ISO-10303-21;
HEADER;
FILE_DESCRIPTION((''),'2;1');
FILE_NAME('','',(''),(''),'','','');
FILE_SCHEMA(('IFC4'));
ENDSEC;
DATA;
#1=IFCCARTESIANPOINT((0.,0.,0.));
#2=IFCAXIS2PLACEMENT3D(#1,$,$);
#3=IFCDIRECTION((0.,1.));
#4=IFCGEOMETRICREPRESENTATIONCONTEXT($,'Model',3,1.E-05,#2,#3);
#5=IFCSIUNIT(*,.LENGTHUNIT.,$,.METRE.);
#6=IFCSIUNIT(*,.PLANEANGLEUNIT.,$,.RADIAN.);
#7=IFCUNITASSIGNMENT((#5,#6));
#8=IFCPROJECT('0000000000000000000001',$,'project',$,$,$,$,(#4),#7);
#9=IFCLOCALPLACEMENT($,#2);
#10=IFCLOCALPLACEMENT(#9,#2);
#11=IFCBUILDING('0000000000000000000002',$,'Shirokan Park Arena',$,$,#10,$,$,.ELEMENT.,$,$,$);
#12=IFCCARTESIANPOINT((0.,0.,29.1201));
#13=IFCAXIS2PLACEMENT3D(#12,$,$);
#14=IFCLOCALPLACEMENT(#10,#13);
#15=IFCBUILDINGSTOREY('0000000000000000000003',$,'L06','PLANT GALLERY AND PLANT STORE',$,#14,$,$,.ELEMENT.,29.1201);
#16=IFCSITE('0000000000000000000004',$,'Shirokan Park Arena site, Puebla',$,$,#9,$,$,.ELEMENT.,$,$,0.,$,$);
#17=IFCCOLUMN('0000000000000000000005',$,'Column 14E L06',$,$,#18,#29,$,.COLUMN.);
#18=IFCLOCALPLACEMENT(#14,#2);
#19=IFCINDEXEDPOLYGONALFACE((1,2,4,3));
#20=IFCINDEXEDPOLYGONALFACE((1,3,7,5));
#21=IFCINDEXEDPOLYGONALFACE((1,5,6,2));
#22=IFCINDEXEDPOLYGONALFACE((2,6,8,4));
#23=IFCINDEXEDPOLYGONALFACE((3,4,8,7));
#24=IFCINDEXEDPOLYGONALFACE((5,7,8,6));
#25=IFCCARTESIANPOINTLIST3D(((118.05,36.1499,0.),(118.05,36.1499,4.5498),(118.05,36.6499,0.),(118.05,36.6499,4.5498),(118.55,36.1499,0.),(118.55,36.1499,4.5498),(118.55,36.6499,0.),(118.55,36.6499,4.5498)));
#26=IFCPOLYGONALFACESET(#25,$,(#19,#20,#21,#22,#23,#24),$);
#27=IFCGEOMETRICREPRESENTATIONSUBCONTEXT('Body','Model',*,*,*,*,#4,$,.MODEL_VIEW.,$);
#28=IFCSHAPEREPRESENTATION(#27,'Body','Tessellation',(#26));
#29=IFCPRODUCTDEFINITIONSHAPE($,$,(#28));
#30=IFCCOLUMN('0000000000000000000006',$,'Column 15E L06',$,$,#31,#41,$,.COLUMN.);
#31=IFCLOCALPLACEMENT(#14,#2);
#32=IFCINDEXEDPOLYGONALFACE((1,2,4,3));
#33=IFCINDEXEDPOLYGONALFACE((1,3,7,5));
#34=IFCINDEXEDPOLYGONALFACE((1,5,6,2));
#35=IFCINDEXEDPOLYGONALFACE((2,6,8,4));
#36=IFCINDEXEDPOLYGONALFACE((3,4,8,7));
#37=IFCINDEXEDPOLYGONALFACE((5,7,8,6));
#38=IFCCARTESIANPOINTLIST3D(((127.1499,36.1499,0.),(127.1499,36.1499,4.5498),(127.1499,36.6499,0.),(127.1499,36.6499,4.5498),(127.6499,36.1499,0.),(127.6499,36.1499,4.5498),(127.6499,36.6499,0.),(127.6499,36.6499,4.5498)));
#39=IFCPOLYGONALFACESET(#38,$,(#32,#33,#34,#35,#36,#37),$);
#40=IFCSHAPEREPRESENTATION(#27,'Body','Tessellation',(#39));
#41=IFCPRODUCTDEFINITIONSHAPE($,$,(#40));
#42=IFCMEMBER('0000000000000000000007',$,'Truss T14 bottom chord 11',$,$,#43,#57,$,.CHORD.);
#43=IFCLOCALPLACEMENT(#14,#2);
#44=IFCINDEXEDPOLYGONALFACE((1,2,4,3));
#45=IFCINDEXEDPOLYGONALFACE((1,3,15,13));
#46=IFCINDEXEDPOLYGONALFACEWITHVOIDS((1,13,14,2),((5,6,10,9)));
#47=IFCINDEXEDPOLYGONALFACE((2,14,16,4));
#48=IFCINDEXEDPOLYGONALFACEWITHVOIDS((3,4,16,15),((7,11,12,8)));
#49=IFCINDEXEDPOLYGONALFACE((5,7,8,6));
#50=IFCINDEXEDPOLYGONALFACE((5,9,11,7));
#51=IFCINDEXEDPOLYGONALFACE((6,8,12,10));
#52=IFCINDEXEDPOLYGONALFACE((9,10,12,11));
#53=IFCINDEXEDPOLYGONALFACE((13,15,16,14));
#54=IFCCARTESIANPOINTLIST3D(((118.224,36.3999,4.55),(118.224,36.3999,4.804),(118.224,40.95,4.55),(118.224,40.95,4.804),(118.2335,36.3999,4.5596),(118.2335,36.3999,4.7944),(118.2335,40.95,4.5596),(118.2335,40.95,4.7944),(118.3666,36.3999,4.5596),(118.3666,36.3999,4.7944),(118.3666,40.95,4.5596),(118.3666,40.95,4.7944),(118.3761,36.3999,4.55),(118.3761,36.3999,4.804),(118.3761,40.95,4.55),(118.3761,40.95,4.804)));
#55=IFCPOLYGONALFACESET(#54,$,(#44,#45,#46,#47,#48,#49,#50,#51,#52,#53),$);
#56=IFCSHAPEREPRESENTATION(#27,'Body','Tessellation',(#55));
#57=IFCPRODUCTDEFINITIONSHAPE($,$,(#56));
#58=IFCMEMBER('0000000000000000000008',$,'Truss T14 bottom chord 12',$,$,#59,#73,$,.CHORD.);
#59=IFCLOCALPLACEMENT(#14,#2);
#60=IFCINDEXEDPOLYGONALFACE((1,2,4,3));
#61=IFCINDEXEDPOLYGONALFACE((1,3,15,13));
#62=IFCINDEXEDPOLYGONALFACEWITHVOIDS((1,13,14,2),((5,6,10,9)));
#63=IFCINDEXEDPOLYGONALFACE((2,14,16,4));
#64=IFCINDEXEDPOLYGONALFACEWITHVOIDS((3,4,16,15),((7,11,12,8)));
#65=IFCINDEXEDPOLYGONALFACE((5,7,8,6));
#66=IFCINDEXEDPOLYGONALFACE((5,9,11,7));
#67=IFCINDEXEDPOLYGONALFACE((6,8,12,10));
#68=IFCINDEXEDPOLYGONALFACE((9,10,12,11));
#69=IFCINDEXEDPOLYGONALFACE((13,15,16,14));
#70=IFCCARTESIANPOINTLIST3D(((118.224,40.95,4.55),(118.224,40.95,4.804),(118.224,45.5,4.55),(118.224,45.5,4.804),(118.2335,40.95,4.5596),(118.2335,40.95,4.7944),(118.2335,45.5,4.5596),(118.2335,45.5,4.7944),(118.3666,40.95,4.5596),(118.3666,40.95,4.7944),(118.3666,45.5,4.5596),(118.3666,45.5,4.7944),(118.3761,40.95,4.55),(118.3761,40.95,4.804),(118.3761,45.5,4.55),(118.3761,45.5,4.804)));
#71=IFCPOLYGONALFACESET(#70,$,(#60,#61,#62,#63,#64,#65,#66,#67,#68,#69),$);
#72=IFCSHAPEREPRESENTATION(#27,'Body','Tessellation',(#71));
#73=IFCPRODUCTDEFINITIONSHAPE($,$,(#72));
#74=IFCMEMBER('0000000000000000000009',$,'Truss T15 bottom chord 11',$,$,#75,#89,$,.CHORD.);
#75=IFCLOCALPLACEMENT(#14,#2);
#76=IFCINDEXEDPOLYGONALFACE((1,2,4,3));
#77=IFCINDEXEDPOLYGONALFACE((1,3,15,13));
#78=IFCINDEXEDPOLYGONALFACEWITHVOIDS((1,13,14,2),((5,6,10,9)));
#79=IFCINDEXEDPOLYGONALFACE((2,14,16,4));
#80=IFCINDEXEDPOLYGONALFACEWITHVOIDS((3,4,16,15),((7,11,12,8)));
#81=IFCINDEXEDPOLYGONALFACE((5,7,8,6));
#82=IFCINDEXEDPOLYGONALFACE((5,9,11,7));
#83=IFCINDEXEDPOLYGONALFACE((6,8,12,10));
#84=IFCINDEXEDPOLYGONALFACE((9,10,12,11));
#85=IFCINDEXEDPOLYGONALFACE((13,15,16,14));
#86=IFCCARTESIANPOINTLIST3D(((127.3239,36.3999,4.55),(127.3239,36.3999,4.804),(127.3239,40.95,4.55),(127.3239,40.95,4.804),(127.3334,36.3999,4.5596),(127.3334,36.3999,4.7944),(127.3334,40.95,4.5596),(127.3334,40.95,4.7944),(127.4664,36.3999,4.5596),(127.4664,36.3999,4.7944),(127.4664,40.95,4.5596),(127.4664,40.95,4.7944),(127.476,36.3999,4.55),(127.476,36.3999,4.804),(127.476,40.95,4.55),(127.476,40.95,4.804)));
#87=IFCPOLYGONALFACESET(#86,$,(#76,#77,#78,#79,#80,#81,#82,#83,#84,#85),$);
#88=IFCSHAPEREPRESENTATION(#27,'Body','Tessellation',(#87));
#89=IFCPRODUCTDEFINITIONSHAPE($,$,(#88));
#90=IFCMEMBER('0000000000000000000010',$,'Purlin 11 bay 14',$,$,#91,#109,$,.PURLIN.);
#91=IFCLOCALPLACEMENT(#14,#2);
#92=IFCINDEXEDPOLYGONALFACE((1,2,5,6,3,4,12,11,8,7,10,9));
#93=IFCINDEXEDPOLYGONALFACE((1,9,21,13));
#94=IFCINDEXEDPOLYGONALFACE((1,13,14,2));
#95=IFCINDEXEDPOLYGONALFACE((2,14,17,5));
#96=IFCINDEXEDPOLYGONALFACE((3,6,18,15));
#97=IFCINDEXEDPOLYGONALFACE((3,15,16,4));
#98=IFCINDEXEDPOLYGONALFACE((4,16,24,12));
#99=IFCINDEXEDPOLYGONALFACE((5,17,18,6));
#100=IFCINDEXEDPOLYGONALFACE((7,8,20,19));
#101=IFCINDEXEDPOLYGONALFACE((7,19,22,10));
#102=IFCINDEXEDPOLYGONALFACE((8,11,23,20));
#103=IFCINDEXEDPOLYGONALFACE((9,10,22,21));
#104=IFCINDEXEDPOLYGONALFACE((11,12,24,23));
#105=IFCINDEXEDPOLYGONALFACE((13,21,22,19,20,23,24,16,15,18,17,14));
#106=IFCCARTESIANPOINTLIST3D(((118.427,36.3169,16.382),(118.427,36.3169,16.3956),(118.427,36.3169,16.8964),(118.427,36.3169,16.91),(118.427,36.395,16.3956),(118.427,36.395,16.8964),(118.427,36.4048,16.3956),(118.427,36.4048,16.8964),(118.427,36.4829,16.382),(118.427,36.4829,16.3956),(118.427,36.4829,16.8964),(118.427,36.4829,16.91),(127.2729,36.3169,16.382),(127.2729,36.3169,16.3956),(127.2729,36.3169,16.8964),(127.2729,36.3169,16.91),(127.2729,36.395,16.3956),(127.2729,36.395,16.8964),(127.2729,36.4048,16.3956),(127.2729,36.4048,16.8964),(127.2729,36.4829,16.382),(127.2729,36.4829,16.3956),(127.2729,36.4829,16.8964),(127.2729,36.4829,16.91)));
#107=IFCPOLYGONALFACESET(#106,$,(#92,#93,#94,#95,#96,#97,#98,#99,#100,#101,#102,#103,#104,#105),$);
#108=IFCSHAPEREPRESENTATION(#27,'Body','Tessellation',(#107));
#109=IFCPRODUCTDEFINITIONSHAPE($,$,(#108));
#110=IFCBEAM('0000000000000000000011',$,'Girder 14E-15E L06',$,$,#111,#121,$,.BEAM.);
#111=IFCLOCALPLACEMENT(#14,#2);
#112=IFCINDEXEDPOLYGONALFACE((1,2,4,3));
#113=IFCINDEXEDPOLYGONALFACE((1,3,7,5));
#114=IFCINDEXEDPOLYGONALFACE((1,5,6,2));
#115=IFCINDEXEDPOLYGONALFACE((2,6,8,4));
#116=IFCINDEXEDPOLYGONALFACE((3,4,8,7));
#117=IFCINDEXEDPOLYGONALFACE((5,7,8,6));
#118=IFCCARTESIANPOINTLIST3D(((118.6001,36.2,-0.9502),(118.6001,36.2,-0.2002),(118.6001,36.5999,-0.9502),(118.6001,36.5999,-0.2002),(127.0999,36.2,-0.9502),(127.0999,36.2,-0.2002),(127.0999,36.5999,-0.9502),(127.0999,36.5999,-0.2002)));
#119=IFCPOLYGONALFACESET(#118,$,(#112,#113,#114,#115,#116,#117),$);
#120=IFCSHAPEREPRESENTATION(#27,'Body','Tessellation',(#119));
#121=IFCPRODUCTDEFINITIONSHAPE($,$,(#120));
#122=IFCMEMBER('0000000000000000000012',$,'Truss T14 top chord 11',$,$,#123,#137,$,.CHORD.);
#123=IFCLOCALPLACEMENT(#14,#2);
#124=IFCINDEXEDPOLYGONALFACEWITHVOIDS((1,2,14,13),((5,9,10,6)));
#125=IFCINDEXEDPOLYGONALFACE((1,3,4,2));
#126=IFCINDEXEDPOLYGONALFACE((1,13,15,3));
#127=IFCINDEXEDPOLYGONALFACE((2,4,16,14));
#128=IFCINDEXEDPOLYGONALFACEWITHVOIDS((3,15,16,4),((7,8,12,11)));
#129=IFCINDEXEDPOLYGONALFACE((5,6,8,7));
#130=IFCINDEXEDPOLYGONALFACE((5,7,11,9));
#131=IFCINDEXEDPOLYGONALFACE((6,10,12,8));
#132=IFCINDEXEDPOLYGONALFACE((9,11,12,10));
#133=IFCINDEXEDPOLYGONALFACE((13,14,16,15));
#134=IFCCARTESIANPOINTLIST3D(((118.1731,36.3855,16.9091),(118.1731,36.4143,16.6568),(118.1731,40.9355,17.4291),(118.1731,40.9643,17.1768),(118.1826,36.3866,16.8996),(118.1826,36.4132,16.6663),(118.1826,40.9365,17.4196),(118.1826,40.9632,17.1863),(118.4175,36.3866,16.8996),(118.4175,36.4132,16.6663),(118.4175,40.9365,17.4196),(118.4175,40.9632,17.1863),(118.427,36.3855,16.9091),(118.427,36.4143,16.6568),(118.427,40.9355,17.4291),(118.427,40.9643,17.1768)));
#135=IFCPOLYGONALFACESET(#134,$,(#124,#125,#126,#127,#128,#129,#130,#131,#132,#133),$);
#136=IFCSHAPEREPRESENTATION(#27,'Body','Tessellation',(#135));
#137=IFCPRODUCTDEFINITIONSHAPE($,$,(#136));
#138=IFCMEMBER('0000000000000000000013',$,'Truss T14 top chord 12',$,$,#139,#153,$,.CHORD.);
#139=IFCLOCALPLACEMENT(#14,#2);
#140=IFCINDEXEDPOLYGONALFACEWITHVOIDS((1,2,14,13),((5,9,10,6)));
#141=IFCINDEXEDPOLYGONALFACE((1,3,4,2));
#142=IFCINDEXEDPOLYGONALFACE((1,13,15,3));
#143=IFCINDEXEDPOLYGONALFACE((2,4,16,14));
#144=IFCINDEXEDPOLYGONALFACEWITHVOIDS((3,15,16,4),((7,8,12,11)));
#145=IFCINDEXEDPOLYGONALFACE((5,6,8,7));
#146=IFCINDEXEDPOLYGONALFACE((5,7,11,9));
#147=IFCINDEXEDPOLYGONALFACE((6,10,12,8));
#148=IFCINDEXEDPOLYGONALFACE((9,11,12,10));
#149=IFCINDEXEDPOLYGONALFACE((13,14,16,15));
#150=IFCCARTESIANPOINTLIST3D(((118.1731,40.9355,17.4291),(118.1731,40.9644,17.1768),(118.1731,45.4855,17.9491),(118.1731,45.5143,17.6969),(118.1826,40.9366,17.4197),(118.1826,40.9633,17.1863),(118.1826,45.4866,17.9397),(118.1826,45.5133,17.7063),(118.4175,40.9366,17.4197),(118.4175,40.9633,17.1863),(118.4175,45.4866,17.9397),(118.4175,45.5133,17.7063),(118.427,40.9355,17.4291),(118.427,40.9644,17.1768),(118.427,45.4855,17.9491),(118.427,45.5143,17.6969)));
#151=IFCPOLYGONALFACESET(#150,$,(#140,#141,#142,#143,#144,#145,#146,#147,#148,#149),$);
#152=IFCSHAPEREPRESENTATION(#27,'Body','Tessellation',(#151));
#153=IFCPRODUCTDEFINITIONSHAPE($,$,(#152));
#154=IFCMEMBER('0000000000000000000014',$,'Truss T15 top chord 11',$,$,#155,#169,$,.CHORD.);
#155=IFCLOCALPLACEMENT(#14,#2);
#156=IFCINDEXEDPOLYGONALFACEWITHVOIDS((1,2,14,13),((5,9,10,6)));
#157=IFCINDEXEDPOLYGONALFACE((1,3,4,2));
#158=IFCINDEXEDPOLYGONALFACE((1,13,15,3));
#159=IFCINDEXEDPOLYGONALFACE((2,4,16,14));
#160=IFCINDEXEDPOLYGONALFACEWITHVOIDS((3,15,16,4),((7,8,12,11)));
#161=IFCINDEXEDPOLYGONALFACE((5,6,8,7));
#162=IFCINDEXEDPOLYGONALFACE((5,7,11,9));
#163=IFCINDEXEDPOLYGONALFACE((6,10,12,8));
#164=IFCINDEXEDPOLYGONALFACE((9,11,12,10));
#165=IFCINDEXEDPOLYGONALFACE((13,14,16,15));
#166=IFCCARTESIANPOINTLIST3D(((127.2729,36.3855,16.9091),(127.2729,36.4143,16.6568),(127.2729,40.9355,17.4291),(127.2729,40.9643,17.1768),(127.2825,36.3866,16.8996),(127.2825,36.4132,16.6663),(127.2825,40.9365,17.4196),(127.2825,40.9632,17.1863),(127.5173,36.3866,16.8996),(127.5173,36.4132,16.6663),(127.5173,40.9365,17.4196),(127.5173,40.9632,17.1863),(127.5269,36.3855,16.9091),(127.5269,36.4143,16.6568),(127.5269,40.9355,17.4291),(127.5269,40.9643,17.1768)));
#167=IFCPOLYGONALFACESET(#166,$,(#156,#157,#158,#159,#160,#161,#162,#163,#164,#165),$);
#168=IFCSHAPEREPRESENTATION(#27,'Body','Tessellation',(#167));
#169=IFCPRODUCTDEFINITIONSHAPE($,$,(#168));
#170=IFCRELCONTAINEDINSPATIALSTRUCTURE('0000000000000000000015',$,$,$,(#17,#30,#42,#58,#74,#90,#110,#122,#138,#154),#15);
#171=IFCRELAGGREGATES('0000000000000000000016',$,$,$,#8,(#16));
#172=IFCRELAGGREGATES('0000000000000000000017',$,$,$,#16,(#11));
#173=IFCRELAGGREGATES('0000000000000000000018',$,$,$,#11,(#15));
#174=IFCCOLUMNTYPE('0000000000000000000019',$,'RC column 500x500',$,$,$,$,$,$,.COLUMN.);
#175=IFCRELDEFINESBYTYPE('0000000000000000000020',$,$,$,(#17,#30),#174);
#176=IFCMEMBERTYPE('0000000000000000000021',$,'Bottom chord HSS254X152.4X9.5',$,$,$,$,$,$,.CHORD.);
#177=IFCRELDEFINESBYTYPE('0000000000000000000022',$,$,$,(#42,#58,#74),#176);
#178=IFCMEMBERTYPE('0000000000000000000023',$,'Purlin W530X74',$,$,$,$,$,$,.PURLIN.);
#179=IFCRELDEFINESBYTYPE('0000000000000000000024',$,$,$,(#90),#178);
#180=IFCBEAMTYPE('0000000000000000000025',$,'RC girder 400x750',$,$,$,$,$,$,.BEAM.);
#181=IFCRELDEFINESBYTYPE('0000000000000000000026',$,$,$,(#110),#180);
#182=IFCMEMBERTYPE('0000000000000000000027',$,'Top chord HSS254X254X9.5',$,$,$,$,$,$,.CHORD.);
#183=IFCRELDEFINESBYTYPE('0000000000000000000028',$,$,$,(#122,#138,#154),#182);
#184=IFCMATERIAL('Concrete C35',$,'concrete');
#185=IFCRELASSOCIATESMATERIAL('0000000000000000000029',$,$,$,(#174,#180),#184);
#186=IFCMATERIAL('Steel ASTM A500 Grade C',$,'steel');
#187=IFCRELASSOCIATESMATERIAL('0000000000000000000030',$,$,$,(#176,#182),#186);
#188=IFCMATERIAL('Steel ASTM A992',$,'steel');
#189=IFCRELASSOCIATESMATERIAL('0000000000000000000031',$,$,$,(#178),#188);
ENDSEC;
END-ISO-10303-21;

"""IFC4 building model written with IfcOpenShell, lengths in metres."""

from ifc_helpers import new_model, si_unit, direction, frame, origin, origin_2d, place, context, subcontext, project, spatial, rectangle, hollow_rectangle, i_section, extrude, material, material_profile, profile_set, type_object, element, save


model = new_model("IFC4")

# Units and contexts
model_context = context("Model", 3, precision=1e-05, world=origin(), true_north=direction((0.0, 1.0)))
body_context = subcontext(model_context, "Body", "Model", "MODEL_VIEW")
ifc_project = project(units=[si_unit("LENGTHUNIT", "METRE"), si_unit("PLANEANGLEUNIT", "RADIAN")], contexts=[model_context])

# Site, building, storey
site_placement = place(None, origin())
site = spatial("IfcSite", under=ifc_project, at=site_placement, Name="Shirokan Park Arena site, Puebla", CompositionType="ELEMENT", RefElevation=0.0)
building_placement = place(site_placement, origin())
building = spatial("IfcBuilding", under=site, at=building_placement, Name="Shirokan Park Arena", CompositionType="ELEMENT")
storey_placement = place(building_placement, frame((0.0, 0.0, 29.1201)))
storey = spatial("IfcBuildingStorey", under=building, at=storey_placement, Name="L06", Description="PLANT GALLERY AND PLANT STORE", CompositionType="ELEMENT", Elevation=29.1201)

# Columns
ifc_material_1 = material(Name="Concrete C35", Category="concrete")
ifc_material_profile_1 = material_profile(ifc_material_1, rectangle(XDim=0.5, YDim=0.5, at=origin_2d()), Name="500x500")
ifc_profile_set_1 = profile_set([ifc_material_profile_1], Name="Concrete C35")
column_type = type_object("IfcColumnType", Name="RC column 500x500", PredefinedType="COLUMN", material=ifc_profile_set_1)
for number, where, z_axis, x_axis, name in (
    (1, (118.3, 36.3999, 0.0), (0.0, 0.0, 1.0), (1.0, 0.0, 0.0), "Column 14E L06"),
    (2, (127.3999, 36.3999, 0.0), (0.0, 0.0, 1.0), (1.0, 0.0, 0.0), "Column 15E L06"),
):
    element("IfcColumn", number, at=place(storey_placement, frame(where, z_axis=z_axis, x_axis=x_axis)), inside=storey, type_object=column_type, Name=name, PredefinedType="COLUMN", context=body_context, shape_type="SweptSolid", body=[
        extrude(rectangle(XDim=0.5, YDim=0.5, at=origin_2d()), origin(), (0.0, 0.0, 1.0), 4.5498),
    ])

# Members
ifc_material_2 = material(Name="Steel ASTM A500 Grade C", Category="steel")
ifc_material_profile_2 = material_profile(ifc_material_2, hollow_rectangle(XDim=0.1521, YDim=0.2539, WallThickness=0.0095, at=origin_2d()), Name="HSS254X152.4X9.5")
ifc_profile_set_2 = profile_set([ifc_material_profile_2], Name="Steel ASTM A500 Grade C")
member_type_1 = type_object("IfcMemberType", Name="Bottom chord HSS254X152.4X9.5", PredefinedType="CHORD", material=ifc_profile_set_2)
for number, where, z_axis, x_axis, name in (
    (3, (118.3, 36.3999, 4.677), (0.0, 1.0, 0.0), (-1.0, 0.0, 0.0), "Truss T14 bottom chord 11"),
    (4, (118.3, 40.95, 4.677), (0.0, 1.0, 0.0), (-1.0, 0.0, 0.0), "Truss T14 bottom chord 12"),
    (5, (127.3999, 36.3999, 4.677), (0.0, 1.0, 0.0), (-1.0, 0.0, 0.0), "Truss T15 bottom chord 11"),
):
    element("IfcMember", number, at=place(storey_placement, frame(where, z_axis=z_axis, x_axis=x_axis)), inside=storey, type_object=member_type_1, Name=name, PredefinedType="CHORD", context=body_context, shape_type="SweptSolid", body=[
        extrude(hollow_rectangle(XDim=0.1521, YDim=0.2539, WallThickness=0.0095, at=origin_2d()), origin(), (0.0, 0.0, 1.0), 4.55),
    ])
ifc_material_3 = material(Name="Steel ASTM A992", Category="steel")
ifc_material_profile_3 = material_profile(ifc_material_3, i_section(OverallWidth=0.166, OverallDepth=0.5281, WebThickness=0.0098, FlangeThickness=0.0137, at=origin_2d()), Name="W530X74")
ifc_profile_set_3 = profile_set([ifc_material_profile_3], Name="Steel ASTM A992")
member_type_2 = type_object("IfcMemberType", Name="Purlin W530X74", PredefinedType="PURLIN", material=ifc_profile_set_3)
member_1_placement = place(storey_placement, frame((118.427, 36.3999, 16.646), z_axis=(1.0, 0.0, 0.0), x_axis=(0.0, 1.0, 0.0)))
element("IfcMember", 6, at=member_1_placement, inside=storey, type_object=member_type_2, Name="Purlin 11 bay 14", PredefinedType="PURLIN", context=body_context, shape_type="SweptSolid", body=[
    extrude(i_section(OverallWidth=0.166, OverallDepth=0.5281, WebThickness=0.0098, FlangeThickness=0.0137, at=origin_2d()), origin(), (0.0, 0.0, 1.0), 8.8459),
])

# Beam
ifc_material_profile_4 = material_profile(ifc_material_1, rectangle(XDim=0.3999, YDim=0.75, at=origin_2d()), Name="400x750")
ifc_profile_set_4 = profile_set([ifc_material_profile_4], Name="Concrete C35")
beam_type = type_object("IfcBeamType", Name="RC girder 400x750", PredefinedType="BEAM", material=ifc_profile_set_4)
beam_placement = place(storey_placement, frame((118.6001, 36.3999, -0.5752), z_axis=(1.0, 0.0, 0.0), x_axis=(0.0, 1.0, 0.0)))
element("IfcBeam", 7, at=beam_placement, inside=storey, type_object=beam_type, Name="Girder 14E-15E L06", PredefinedType="BEAM", context=body_context, shape_type="SweptSolid", body=[
    extrude(rectangle(XDim=0.3999, YDim=0.75, at=origin_2d()), origin(), (0.0, 0.0, 1.0), 8.4998),
])

# Members
ifc_material_profile_5 = material_profile(ifc_material_2, hollow_rectangle(XDim=0.2539, YDim=0.2539, WallThickness=0.0095, at=origin_2d()), Name="HSS254X254X9.5")
ifc_profile_set_5 = profile_set([ifc_material_profile_5], Name="Steel ASTM A500 Grade C")
member_type_3 = type_object("IfcMemberType", Name="Top chord HSS254X254X9.5", PredefinedType="CHORD", material=ifc_profile_set_5)
for number, where, z_axis, x_axis, name in (
    (8, (118.3, 36.3999, 16.783), (0.0, 0.993532, 0.11355), (-1.0, 0.0, 0.0), "Truss T14 top chord 11"),
    (9, (118.3, 40.95, 17.303), (0.0, 0.993532, 0.11355), (-1.0, 0.0, 0.0), "Truss T14 top chord 12"),
    (10, (127.3999, 36.3999, 16.783), (0.0, 0.993532, 0.11355), (-1.0, 0.0, 0.0), "Truss T15 top chord 11"),
):
    element("IfcMember", number, at=place(storey_placement, frame(where, z_axis=z_axis, x_axis=x_axis)), inside=storey, type_object=member_type_3, Name=name, PredefinedType="CHORD", context=body_context, shape_type="SweptSolid", body=[
        extrude(hollow_rectangle(XDim=0.2539, YDim=0.2539, WallThickness=0.0095, at=origin_2d()), origin(), (0.0, 0.0, 1.0), 4.5796),
    ])

save(model, "model.ifc")
